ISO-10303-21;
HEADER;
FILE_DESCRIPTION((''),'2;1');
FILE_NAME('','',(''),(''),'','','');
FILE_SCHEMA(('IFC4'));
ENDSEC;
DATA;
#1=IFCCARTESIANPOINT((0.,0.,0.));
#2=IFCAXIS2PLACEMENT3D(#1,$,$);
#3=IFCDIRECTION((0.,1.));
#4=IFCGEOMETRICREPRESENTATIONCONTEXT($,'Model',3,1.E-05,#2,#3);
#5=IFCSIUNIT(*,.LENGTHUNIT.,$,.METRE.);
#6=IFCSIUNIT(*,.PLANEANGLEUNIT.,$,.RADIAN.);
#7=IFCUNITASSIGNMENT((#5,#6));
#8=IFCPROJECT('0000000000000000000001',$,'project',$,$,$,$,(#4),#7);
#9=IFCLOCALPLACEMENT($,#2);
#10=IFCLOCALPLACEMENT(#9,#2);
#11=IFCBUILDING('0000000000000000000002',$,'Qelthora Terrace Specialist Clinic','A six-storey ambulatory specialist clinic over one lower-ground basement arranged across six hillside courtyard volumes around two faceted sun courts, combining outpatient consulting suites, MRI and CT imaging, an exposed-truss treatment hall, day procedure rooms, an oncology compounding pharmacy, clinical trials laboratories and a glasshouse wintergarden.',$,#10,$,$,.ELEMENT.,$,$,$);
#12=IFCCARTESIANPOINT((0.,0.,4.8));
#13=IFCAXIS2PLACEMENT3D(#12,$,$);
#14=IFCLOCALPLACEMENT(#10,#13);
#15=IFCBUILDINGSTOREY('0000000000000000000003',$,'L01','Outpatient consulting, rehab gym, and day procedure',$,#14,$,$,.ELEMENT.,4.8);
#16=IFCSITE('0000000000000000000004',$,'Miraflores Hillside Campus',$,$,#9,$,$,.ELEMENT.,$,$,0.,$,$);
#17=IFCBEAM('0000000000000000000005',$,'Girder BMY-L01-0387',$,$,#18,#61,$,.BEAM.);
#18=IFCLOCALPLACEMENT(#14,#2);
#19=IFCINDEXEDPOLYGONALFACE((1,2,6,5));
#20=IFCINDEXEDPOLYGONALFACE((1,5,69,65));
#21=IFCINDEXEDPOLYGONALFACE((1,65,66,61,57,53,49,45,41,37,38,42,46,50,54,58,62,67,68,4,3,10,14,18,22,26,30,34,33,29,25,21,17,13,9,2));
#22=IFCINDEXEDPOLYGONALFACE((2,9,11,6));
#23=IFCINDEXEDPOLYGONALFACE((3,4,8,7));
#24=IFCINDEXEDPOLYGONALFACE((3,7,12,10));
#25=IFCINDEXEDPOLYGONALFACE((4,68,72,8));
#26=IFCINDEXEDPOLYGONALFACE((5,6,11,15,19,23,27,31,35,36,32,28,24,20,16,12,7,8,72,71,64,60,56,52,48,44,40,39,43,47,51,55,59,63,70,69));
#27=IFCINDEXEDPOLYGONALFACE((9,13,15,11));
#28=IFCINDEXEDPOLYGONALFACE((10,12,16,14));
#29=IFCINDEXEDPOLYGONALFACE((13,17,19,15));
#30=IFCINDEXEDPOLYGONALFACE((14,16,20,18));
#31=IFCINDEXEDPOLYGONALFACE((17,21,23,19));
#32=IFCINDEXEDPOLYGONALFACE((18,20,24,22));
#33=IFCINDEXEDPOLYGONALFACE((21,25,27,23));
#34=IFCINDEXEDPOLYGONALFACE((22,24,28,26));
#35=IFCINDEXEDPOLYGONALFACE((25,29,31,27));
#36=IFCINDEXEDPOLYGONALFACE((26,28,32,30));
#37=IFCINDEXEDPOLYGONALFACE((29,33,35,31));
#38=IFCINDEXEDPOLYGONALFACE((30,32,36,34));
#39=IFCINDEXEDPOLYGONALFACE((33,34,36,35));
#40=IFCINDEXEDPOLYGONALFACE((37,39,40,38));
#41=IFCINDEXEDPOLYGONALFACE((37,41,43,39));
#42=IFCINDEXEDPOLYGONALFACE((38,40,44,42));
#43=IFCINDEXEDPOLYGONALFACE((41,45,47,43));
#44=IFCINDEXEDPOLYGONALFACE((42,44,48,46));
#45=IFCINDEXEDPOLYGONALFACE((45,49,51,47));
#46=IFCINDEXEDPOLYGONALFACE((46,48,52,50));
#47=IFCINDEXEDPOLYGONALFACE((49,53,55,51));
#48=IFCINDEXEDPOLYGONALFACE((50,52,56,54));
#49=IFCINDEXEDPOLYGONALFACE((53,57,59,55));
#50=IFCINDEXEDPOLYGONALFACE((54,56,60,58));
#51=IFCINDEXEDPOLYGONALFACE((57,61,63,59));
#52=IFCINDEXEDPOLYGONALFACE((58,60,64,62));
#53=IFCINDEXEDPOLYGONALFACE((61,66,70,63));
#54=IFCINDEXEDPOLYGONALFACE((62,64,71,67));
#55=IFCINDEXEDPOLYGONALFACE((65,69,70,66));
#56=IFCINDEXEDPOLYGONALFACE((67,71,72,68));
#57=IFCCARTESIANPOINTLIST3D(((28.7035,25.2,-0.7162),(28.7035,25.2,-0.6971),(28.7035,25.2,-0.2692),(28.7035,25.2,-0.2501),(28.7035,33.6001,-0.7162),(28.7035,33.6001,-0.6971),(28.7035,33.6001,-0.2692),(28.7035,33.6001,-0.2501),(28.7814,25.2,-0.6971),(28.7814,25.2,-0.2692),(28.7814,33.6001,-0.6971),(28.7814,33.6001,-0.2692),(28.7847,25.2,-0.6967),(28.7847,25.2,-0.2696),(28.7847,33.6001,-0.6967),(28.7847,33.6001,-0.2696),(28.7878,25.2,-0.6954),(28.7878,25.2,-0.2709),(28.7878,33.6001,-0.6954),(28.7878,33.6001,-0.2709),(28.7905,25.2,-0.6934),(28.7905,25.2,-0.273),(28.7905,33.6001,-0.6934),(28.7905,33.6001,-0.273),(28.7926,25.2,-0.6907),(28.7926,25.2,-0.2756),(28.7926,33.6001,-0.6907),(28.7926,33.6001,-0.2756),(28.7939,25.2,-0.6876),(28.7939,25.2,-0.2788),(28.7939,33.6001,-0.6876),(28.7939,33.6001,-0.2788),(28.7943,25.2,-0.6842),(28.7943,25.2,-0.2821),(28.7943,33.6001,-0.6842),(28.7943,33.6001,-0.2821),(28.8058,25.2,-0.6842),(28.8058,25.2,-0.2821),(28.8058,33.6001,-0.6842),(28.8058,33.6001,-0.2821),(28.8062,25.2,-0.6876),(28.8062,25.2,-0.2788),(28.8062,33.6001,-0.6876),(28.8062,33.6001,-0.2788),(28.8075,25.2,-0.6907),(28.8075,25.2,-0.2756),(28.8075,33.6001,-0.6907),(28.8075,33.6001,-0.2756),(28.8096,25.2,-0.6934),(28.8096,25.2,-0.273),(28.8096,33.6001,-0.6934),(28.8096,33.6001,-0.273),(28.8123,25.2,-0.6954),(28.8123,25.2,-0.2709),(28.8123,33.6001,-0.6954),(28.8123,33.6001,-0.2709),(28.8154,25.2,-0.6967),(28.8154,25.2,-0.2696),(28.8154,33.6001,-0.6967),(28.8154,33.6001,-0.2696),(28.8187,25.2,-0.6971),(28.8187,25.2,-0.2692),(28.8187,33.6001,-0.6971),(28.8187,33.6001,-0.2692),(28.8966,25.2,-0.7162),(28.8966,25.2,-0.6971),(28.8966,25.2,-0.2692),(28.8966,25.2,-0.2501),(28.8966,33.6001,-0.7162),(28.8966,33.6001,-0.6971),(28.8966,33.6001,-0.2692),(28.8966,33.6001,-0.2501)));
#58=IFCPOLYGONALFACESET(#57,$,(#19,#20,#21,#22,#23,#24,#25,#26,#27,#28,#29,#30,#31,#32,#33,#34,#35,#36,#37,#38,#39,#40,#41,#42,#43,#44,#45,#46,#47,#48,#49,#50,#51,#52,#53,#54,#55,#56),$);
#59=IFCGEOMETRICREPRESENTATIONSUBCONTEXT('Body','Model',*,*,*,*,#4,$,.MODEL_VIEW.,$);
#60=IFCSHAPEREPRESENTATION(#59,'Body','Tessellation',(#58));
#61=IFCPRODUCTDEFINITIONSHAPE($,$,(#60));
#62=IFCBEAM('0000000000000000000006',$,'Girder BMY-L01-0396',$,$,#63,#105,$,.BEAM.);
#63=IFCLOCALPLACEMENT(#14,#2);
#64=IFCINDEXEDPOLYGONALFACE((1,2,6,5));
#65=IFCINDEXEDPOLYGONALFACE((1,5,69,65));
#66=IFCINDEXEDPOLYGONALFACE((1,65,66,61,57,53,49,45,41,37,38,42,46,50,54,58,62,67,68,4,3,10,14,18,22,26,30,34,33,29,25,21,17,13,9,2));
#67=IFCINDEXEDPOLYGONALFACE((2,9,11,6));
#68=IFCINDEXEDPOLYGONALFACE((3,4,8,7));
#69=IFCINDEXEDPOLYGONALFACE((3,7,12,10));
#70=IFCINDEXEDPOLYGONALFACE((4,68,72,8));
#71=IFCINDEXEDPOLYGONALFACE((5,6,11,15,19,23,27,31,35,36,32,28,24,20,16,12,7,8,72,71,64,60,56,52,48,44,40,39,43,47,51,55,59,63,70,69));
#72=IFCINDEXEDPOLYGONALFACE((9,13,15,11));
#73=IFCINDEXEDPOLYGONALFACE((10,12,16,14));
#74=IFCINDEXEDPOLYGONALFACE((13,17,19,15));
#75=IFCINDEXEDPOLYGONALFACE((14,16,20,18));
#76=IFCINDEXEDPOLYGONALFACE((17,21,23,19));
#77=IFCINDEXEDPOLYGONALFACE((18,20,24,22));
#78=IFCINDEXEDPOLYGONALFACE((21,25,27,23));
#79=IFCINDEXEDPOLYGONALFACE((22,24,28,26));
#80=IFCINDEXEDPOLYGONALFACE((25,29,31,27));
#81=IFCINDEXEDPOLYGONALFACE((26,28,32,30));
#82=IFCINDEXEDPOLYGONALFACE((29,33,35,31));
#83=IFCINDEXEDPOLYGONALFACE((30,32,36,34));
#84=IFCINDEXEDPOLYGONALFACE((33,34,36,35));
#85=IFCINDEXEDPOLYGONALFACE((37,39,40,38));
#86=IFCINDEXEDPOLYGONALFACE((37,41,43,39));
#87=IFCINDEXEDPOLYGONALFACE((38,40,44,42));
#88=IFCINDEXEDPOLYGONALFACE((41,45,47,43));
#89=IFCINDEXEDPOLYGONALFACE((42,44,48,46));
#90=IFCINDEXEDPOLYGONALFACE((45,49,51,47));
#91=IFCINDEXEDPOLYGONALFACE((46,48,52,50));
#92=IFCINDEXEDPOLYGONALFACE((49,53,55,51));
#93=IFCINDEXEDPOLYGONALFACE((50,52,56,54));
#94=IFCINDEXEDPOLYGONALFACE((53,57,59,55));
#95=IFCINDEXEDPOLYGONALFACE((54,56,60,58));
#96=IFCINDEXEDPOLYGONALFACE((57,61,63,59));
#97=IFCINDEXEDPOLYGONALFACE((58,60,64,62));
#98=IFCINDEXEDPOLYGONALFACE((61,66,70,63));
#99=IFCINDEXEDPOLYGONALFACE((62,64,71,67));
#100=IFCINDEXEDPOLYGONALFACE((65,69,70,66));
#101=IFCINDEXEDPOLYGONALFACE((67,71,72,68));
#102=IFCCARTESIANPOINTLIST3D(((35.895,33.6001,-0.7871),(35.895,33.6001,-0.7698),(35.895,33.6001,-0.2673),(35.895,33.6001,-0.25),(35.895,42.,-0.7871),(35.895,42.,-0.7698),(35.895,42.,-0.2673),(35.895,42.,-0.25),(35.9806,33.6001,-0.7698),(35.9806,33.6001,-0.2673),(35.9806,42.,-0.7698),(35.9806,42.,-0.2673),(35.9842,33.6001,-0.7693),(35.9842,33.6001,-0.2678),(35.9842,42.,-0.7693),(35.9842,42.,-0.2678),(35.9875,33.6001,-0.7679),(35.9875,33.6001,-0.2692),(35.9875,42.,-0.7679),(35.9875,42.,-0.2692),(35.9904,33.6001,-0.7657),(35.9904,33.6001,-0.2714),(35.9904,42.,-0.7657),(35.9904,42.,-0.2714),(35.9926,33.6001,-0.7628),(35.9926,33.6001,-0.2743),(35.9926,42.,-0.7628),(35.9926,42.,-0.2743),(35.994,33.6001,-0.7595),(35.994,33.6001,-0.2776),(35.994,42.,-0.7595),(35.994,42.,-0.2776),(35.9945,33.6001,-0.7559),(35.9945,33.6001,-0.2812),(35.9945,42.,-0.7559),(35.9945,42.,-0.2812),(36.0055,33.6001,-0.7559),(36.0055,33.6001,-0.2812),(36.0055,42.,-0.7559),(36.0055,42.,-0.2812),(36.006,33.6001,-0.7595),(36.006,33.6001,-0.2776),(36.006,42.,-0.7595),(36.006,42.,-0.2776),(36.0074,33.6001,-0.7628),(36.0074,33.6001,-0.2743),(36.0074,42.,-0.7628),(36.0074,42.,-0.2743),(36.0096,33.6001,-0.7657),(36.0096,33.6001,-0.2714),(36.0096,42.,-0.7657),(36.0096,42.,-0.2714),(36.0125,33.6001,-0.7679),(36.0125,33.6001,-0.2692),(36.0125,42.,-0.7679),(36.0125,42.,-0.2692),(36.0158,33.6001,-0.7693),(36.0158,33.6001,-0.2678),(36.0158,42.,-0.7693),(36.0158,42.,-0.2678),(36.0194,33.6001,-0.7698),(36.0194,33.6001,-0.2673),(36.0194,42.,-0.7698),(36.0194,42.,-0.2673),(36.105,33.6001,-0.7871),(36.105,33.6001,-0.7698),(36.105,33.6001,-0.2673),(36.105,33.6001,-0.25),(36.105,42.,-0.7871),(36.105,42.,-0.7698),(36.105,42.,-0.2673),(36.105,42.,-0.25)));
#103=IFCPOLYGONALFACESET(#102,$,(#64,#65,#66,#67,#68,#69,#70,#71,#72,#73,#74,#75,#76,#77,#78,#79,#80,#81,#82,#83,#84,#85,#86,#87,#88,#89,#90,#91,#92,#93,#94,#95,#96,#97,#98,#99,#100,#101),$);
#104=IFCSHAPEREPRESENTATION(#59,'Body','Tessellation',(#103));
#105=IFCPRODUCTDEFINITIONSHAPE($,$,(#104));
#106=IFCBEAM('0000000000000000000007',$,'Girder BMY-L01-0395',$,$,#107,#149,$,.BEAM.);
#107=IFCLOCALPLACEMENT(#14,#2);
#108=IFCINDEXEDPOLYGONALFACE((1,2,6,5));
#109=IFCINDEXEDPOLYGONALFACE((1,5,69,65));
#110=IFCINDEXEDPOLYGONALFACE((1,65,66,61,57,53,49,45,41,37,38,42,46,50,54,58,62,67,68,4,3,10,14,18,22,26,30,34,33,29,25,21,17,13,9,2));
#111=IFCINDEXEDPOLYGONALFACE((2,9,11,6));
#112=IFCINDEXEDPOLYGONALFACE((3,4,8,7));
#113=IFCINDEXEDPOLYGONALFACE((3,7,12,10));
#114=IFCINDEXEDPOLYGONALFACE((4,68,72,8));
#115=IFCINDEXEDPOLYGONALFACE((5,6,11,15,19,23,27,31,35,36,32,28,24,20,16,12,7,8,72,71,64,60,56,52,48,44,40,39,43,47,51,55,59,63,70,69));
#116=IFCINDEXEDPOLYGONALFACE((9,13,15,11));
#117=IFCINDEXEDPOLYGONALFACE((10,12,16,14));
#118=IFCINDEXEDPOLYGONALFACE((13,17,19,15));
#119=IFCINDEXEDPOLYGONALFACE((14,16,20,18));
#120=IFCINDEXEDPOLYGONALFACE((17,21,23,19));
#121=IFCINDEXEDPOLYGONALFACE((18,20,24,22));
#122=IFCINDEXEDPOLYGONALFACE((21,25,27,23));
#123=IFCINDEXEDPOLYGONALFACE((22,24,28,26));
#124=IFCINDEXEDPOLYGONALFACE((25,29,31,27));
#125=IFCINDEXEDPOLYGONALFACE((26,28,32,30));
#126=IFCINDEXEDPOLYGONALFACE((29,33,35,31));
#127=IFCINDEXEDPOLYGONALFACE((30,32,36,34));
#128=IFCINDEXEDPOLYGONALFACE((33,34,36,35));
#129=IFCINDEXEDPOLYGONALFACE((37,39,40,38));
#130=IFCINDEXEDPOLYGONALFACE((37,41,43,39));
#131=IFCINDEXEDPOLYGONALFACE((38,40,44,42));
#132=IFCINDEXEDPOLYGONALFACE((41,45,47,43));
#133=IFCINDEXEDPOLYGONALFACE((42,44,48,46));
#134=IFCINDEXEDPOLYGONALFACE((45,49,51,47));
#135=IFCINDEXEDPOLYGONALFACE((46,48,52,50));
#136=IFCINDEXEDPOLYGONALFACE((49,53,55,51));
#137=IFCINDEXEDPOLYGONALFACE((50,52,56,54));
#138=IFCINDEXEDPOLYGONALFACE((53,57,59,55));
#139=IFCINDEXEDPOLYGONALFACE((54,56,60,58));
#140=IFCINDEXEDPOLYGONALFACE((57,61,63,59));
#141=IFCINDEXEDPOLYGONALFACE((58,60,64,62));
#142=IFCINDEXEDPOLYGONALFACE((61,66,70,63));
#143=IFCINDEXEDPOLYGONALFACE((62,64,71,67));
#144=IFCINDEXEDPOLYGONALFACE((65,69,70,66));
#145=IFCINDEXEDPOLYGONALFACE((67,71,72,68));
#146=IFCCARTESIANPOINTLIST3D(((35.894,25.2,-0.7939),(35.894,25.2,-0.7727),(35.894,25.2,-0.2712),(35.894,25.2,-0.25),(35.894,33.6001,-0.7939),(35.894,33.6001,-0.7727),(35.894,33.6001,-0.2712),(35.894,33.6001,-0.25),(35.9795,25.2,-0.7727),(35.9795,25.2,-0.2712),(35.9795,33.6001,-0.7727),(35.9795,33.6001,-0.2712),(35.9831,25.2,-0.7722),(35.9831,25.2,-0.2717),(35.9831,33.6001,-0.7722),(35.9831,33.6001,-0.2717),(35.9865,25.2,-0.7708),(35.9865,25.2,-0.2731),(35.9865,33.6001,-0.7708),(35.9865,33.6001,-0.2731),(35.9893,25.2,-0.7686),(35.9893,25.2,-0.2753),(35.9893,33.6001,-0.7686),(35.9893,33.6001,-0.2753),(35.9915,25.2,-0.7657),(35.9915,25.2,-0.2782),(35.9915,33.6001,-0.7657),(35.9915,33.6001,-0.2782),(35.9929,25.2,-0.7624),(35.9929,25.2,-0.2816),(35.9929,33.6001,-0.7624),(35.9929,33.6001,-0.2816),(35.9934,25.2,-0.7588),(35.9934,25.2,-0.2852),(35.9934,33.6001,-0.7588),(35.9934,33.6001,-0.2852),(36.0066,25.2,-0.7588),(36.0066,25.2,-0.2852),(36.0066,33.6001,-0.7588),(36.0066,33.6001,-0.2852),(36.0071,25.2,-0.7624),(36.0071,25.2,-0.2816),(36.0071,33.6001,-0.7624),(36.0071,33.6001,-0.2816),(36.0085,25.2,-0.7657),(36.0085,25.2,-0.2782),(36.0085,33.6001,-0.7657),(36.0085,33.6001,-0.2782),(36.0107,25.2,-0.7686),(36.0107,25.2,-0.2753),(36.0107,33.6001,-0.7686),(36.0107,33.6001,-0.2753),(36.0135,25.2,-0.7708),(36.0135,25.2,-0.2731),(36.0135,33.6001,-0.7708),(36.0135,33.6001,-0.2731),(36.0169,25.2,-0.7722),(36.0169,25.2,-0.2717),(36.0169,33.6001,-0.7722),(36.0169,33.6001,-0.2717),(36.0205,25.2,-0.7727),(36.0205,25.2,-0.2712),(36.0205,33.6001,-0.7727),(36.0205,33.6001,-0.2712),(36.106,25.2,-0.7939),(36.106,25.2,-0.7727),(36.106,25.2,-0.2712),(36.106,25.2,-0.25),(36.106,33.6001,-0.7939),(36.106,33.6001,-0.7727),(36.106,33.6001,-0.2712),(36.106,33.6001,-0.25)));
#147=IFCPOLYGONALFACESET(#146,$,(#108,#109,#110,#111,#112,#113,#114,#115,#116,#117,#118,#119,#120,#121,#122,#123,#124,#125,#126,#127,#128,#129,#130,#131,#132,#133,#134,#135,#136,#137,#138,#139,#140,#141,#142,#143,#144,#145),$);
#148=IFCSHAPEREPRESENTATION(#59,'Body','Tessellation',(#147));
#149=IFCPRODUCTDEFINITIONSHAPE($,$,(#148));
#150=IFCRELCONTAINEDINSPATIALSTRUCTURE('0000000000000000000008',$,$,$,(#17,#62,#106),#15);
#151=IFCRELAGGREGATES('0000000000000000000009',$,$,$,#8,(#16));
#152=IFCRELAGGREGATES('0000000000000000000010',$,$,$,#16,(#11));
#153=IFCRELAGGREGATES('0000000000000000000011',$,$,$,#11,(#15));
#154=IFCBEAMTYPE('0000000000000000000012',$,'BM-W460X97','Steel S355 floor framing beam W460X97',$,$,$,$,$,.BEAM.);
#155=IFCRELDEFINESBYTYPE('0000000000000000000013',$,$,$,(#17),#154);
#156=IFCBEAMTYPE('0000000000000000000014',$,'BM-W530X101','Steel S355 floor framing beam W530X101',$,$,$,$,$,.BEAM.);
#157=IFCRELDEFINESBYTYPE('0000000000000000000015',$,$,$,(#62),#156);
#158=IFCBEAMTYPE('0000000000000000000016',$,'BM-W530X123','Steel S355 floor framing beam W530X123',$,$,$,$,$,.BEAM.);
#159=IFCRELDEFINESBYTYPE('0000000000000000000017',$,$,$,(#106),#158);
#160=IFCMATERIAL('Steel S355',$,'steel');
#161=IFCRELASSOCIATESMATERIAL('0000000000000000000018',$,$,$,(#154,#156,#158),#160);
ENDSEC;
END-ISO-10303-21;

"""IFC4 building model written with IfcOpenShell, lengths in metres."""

from ifc_helpers import new_model, si_unit, direction, frame, origin, origin_2d, place, context, subcontext, project, spatial, i_section, extrude, material, material_profile, profile_set, type_object, element, save


model = new_model("IFC4")

# Units and contexts
model_context = context("Model", 3, precision=1e-05, world=origin(), true_north=direction((0.0, 1.0)))
body_context = subcontext(model_context, "Body", "Model", "MODEL_VIEW")
ifc_project = project(units=[si_unit("LENGTHUNIT", "METRE"), si_unit("PLANEANGLEUNIT", "RADIAN")], contexts=[model_context])

# Site, building, storey
site_placement = place(None, origin())
site = spatial("IfcSite", under=ifc_project, at=site_placement, Name="Miraflores Hillside Campus", CompositionType="ELEMENT", RefElevation=0.0)
building_placement = place(site_placement, origin())
building = spatial("IfcBuilding", under=site, at=building_placement, Name="Qelthora Terrace Specialist Clinic", Description="A six-storey ambulatory specialist clinic over one lower-ground basement arranged across six hillside courtyard volumes around two faceted sun courts, combining outpatient consulting suites, MRI and CT imaging, an exposed-truss treatment hall, day procedure rooms, an oncology compounding pharmacy, clinical trials laboratories and a glasshouse wintergarden.", CompositionType="ELEMENT")
storey_placement = place(building_placement, frame((0.0, 0.0, 4.8)))
storey = spatial("IfcBuildingStorey", under=building, at=storey_placement, Name="L01", Description="Outpatient consulting, rehab gym, and day procedure", CompositionType="ELEMENT", Elevation=4.8)

# Shared definitions
ifc_material_1 = material(Name="Steel S355", Category="steel")

# Beams
ifc_material_profile_1 = material_profile(ifc_material_1, i_section(OverallWidth=0.1931, OverallDepth=0.4661, WebThickness=0.0115, FlangeThickness=0.019, FilletRadius=0.0129, at=origin_2d()), Name="W460X97")
ifc_profile_set_1 = profile_set([ifc_material_profile_1], Name="Steel S355")
beam_type_1 = type_object("IfcBeamType", Name="BM-W460X97", Description="Steel S355 floor framing beam W460X97", PredefinedType="BEAM", material=ifc_profile_set_1)
beam_1_placement = place(storey_placement, frame((28.8, 25.2, -0.4832), z_axis=(0.0, 1.0, 0.0), x_axis=(-1.0, 0.0, 0.0)))
element("IfcBeam", 1, at=beam_1_placement, inside=storey, type_object=beam_type_1, Name="Girder BMY-L01-0387", PredefinedType="BEAM", context=body_context, shape_type="SweptSolid", body=[
    extrude(i_section(OverallWidth=0.1931, OverallDepth=0.4661, WebThickness=0.0115, FlangeThickness=0.019, FilletRadius=0.0129, at=origin_2d()), origin(), (0.0, 0.0, 1.0), 8.4001),
])
ifc_material_profile_2 = material_profile(ifc_material_1, i_section(OverallWidth=0.21, OverallDepth=0.5371, WebThickness=0.011, FlangeThickness=0.0173, FilletRadius=0.0139, at=origin_2d()), Name="W530X101")
ifc_profile_set_2 = profile_set([ifc_material_profile_2], Name="Steel S355")
beam_type_2 = type_object("IfcBeamType", Name="BM-W530X101", Description="Steel S355 floor framing beam W530X101", PredefinedType="BEAM", material=ifc_profile_set_2)
beam_2_placement = place(storey_placement, frame((36.0, 33.6001, -0.5186), z_axis=(0.0, 1.0, 0.0), x_axis=(-1.0, 0.0, 0.0)))
element("IfcBeam", 2, at=beam_2_placement, inside=storey, type_object=beam_type_2, Name="Girder BMY-L01-0396", PredefinedType="BEAM", context=body_context, shape_type="SweptSolid", body=[
    extrude(i_section(OverallWidth=0.21, OverallDepth=0.5371, WebThickness=0.011, FlangeThickness=0.0173, FilletRadius=0.0139, at=origin_2d()), origin(), (0.0, 0.0, 1.0), 8.3999),
])
ifc_material_profile_3 = material_profile(ifc_material_1, i_section(OverallWidth=0.2119, OverallDepth=0.5439, WebThickness=0.0132, FlangeThickness=0.0212, FilletRadius=0.0139, at=origin_2d()), Name="W530X123")
ifc_profile_set_3 = profile_set([ifc_material_profile_3], Name="Steel S355")
beam_type_3 = type_object("IfcBeamType", Name="BM-W530X123", Description="Steel S355 floor framing beam W530X123", PredefinedType="BEAM", material=ifc_profile_set_3)
beam_3_placement = place(storey_placement, frame((36.0, 25.2, -0.522), z_axis=(0.0, 1.0, 0.0), x_axis=(-1.0, 0.0, 0.0)))
element("IfcBeam", 3, at=beam_3_placement, inside=storey, type_object=beam_type_3, Name="Girder BMY-L01-0395", PredefinedType="BEAM", context=body_context, shape_type="SweptSolid", body=[
    extrude(i_section(OverallWidth=0.2119, OverallDepth=0.5439, WebThickness=0.0132, FlangeThickness=0.0212, FilletRadius=0.0139, at=origin_2d()), origin(), (0.0, 0.0, 1.0), 8.4001),
])

save(model, "model.ifc")
